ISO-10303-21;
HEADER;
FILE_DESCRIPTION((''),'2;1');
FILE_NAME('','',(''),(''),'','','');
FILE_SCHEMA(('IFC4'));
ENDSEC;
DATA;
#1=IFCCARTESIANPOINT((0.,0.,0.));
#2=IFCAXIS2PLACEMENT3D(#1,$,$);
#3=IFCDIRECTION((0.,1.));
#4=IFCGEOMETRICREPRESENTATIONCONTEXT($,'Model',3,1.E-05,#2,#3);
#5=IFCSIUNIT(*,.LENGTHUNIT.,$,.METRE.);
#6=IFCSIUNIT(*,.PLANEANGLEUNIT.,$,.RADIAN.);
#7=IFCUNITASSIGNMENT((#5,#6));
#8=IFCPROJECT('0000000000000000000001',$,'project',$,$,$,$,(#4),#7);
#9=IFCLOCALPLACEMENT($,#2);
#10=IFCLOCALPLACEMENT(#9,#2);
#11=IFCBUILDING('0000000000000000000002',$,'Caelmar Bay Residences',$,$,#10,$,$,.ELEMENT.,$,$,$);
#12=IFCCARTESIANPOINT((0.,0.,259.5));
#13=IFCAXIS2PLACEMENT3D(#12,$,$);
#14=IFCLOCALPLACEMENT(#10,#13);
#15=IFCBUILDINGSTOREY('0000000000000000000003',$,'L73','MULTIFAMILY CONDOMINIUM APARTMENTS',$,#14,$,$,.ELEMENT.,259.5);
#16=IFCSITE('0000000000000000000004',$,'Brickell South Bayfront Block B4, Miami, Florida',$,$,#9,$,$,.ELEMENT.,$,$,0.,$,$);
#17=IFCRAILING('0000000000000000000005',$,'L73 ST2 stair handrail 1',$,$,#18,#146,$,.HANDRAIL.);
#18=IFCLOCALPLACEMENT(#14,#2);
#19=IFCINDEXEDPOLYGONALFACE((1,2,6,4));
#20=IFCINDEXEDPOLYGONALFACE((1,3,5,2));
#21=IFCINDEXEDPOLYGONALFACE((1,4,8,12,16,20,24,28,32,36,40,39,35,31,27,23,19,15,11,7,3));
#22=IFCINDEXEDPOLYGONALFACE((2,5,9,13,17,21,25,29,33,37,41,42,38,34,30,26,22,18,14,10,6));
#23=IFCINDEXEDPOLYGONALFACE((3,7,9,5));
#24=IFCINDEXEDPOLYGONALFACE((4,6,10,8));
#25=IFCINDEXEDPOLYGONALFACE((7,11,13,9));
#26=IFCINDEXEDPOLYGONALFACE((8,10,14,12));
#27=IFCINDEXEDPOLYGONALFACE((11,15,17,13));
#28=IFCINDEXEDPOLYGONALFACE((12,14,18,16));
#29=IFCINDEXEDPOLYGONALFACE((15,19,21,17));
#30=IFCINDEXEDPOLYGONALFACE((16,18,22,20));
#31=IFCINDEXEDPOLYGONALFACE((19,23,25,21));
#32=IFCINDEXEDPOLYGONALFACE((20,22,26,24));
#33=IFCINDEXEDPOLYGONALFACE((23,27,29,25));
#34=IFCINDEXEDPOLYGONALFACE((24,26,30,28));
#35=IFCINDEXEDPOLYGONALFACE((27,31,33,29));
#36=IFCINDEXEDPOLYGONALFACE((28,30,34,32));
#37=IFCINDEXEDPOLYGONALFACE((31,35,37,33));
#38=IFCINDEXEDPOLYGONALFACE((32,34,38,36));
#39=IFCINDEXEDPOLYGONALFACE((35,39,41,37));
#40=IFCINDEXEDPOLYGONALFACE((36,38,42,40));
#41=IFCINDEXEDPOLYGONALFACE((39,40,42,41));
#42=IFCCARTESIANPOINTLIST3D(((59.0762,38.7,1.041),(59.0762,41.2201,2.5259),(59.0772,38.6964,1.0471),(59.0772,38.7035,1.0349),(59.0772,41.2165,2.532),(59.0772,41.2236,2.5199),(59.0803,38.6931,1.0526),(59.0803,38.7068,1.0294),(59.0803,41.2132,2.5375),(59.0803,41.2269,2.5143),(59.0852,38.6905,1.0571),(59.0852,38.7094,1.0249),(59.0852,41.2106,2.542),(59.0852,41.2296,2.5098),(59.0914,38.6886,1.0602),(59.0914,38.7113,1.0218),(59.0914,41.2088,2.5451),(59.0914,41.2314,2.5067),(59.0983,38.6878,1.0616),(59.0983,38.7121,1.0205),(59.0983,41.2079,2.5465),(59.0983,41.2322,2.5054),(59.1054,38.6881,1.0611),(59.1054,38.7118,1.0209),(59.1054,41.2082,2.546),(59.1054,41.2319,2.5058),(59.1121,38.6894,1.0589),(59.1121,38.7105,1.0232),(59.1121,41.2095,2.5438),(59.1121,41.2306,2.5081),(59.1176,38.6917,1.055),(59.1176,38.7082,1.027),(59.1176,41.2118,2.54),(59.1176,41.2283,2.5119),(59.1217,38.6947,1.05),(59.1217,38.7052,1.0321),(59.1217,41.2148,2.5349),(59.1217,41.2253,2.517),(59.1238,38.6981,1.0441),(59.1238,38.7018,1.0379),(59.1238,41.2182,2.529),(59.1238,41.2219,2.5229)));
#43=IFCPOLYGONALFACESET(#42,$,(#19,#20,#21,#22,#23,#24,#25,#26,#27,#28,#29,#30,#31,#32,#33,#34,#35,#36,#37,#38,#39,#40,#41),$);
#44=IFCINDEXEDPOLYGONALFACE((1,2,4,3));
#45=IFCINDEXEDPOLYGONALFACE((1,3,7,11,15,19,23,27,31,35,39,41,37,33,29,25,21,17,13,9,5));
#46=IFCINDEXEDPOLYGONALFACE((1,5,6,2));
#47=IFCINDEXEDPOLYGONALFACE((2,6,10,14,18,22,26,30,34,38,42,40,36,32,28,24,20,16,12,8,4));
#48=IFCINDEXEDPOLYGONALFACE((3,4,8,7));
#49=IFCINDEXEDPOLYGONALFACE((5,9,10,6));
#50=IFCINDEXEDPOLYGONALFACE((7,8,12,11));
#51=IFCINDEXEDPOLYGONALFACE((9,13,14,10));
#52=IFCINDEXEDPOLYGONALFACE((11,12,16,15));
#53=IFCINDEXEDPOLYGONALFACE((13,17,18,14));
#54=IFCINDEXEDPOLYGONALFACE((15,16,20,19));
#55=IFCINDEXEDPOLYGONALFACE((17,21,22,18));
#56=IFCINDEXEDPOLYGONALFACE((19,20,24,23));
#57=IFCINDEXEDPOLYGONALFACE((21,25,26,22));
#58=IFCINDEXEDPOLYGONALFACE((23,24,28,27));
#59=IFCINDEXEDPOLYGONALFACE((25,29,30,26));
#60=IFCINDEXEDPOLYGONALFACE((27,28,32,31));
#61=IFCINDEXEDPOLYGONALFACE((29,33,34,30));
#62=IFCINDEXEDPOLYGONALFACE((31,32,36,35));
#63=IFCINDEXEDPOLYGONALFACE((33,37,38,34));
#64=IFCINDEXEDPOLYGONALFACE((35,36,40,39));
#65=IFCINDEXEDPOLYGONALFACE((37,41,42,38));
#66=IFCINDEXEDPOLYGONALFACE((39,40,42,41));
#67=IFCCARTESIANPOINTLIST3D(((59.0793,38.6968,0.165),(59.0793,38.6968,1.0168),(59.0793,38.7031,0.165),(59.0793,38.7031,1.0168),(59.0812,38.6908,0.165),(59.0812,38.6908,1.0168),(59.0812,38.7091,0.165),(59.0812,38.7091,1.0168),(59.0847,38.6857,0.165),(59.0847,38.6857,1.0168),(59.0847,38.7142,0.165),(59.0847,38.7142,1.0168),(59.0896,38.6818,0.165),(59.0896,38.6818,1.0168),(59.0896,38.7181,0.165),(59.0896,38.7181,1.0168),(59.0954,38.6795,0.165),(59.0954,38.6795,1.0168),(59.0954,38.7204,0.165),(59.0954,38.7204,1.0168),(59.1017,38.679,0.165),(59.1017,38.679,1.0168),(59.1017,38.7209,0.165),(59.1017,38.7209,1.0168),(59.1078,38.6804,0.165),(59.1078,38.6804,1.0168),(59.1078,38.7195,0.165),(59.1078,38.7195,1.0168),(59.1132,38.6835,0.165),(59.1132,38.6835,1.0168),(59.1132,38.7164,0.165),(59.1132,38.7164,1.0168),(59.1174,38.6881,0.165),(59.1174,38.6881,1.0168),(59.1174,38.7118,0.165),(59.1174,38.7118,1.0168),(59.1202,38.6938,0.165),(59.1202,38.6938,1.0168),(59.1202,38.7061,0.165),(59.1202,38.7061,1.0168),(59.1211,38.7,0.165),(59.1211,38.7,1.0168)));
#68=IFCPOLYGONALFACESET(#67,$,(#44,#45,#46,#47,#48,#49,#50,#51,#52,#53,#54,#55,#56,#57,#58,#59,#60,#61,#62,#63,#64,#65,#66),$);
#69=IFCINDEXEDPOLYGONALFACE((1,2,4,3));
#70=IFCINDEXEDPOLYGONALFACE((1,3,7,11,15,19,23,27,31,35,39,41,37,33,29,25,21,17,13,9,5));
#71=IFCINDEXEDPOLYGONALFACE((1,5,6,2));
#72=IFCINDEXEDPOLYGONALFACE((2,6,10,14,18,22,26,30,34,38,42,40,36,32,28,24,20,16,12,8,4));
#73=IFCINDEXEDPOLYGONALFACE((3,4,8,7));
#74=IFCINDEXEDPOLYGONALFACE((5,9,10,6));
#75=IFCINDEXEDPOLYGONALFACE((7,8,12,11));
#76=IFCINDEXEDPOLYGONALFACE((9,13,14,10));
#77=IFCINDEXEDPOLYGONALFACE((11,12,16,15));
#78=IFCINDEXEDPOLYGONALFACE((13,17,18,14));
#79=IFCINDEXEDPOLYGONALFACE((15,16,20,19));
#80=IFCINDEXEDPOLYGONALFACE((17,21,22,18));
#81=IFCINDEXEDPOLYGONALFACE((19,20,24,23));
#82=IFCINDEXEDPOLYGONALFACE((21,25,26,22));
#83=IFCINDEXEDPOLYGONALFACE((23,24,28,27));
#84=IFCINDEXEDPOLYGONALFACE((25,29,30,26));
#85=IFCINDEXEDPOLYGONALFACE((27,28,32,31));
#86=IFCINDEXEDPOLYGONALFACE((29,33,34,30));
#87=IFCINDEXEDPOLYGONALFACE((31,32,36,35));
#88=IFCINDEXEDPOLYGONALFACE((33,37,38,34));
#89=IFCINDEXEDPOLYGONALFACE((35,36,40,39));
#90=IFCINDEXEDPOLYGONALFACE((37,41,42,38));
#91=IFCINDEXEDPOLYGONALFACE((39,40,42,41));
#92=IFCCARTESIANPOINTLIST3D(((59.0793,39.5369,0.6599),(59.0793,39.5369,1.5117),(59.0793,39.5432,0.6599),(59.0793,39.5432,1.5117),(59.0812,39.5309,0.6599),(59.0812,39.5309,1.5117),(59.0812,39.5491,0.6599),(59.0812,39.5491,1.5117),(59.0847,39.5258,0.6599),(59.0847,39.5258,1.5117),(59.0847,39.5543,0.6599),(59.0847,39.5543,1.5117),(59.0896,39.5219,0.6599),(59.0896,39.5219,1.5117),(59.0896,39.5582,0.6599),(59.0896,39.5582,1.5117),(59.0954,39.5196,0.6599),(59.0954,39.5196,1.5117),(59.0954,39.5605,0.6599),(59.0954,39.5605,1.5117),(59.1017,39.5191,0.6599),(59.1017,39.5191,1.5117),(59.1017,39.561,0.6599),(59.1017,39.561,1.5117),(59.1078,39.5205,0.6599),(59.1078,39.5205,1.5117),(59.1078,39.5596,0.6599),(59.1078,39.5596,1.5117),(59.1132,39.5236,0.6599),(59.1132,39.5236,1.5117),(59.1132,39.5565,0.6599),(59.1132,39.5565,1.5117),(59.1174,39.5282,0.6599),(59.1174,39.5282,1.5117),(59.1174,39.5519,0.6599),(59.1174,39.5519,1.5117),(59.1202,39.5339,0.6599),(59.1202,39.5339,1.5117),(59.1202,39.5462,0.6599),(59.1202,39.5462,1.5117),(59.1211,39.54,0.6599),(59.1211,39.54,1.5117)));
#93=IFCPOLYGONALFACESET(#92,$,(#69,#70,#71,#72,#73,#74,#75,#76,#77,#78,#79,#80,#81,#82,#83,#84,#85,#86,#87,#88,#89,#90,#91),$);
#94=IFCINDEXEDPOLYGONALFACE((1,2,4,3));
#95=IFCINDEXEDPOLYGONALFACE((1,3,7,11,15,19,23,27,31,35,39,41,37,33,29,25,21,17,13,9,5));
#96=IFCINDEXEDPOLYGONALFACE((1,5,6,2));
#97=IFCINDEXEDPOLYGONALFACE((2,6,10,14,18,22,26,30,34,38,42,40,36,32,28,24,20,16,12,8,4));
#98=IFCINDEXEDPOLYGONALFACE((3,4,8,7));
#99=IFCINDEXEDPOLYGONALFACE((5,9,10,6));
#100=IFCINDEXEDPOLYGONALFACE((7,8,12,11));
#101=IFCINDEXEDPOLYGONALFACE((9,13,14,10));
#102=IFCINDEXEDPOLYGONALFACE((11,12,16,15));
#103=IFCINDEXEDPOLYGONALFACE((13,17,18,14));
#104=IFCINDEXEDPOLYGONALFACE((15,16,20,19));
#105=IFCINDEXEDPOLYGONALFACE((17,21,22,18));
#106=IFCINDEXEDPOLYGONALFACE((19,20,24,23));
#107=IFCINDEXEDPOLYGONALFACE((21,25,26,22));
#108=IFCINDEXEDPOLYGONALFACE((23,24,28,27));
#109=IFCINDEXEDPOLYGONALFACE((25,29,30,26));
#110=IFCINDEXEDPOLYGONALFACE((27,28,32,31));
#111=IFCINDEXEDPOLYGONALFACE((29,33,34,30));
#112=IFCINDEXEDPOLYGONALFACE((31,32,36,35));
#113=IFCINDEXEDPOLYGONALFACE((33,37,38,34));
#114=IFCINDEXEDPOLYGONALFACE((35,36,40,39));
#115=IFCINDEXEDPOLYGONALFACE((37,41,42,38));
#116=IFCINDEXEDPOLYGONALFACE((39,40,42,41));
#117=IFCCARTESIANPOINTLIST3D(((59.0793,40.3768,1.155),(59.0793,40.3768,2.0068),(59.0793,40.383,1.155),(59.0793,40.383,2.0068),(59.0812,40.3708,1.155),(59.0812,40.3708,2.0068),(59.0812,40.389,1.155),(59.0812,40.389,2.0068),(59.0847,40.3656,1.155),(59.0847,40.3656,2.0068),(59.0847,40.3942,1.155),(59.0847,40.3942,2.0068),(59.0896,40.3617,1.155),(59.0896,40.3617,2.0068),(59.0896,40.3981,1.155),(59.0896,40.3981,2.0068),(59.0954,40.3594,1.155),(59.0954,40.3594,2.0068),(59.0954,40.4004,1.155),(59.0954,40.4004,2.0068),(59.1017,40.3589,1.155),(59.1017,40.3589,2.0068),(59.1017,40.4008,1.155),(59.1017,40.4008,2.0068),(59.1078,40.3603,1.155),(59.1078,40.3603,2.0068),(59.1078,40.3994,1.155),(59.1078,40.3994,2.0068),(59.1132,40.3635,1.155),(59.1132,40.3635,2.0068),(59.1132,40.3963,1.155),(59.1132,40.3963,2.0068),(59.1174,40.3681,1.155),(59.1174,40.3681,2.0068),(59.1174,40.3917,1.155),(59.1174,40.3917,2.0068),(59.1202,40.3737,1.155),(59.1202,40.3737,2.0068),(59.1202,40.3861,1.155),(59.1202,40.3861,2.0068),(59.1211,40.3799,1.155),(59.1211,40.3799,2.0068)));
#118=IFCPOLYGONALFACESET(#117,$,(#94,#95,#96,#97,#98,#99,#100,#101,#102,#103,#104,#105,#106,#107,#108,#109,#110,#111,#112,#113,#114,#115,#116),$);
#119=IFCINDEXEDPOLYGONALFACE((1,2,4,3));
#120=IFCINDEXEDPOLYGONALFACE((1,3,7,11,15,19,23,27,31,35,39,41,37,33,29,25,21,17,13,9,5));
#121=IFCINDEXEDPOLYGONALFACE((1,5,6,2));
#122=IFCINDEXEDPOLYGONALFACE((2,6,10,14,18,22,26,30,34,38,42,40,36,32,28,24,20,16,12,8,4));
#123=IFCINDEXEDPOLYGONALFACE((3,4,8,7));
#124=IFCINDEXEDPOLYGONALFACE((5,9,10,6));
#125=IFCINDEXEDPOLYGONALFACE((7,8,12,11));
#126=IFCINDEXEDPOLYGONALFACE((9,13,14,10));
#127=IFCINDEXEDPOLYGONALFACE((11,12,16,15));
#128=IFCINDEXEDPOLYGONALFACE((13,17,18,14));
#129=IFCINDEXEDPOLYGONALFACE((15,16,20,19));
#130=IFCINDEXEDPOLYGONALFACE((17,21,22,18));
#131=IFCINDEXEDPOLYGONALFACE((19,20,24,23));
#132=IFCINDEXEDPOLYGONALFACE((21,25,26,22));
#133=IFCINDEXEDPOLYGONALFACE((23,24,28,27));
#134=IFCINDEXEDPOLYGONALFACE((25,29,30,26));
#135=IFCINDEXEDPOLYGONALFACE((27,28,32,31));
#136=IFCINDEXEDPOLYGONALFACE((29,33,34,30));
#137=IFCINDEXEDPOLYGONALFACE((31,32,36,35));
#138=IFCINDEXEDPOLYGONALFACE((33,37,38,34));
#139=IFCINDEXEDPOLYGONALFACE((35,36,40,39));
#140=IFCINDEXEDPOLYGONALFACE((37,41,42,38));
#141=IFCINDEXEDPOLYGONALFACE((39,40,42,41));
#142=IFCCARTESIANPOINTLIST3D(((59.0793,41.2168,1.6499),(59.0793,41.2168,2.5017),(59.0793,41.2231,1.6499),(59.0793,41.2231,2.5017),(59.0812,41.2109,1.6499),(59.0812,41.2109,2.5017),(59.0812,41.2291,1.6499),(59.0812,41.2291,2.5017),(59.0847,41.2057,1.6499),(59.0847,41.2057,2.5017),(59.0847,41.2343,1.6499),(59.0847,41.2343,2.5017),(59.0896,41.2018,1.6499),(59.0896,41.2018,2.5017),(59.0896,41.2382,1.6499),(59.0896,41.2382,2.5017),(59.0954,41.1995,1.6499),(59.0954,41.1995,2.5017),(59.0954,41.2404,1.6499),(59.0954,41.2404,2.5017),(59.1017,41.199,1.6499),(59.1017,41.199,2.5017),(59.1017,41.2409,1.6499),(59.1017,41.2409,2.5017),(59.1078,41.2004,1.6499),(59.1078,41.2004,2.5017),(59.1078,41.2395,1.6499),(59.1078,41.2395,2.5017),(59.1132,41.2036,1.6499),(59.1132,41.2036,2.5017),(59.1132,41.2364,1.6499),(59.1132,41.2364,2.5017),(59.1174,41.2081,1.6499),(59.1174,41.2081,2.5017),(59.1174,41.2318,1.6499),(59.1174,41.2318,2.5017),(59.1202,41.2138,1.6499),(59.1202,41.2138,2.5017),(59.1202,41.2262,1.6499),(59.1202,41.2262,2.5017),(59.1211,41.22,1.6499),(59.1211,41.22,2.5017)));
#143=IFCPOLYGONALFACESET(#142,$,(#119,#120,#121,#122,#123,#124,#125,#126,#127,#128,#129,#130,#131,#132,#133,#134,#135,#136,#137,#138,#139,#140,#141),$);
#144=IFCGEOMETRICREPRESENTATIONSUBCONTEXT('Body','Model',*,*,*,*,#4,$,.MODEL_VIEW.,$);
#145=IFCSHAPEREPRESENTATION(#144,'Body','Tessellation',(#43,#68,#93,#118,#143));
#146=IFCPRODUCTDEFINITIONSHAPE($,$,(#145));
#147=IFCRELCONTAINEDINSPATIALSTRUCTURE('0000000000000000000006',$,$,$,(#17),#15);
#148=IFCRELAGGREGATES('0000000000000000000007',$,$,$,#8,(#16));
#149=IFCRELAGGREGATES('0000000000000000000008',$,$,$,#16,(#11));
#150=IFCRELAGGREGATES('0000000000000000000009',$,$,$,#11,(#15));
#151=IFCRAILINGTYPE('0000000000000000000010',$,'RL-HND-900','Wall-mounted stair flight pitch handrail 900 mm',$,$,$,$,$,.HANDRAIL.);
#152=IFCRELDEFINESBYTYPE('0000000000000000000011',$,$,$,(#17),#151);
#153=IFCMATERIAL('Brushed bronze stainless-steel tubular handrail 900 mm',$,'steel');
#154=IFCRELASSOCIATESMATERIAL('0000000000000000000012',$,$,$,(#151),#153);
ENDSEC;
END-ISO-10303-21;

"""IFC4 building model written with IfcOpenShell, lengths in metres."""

from ifc_helpers import new_model, si_unit, direction, frame, origin, origin_2d, place, context, subcontext, project, spatial, circle, extrude, material, type_object, element, save


model = new_model("IFC4")

# Units and contexts
model_context = context("Model", 3, precision=1e-05, world=origin(), true_north=direction((0.0, 1.0)))
body_context = subcontext(model_context, "Body", "Model", "MODEL_VIEW")
ifc_project = project(units=[si_unit("LENGTHUNIT", "METRE"), si_unit("PLANEANGLEUNIT", "RADIAN")], contexts=[model_context])

# Site, building, storey
site_placement = place(None, origin())
site = spatial("IfcSite", under=ifc_project, at=site_placement, Name="Brickell South Bayfront Block B4, Miami, Florida", CompositionType="ELEMENT", RefElevation=0.0)
building_placement = place(site_placement, origin())
building = spatial("IfcBuilding", under=site, at=building_placement, Name="Caelmar Bay Residences", CompositionType="ELEMENT")
storey_placement = place(building_placement, frame((0.0, 0.0, 259.5)))
storey = spatial("IfcBuildingStorey", under=building, at=storey_placement, Name="L73", Description="MULTIFAMILY CONDOMINIUM APARTMENTS", CompositionType="ELEMENT", Elevation=259.5)

# Railing
ifc_material_1 = material(Name="Brushed bronze stainless-steel tubular handrail 900 mm", Category="steel")
railing_type_1 = type_object("IfcRailingType", Name="RL-HND-900", Description="Wall-mounted stair flight pitch handrail 900 mm", PredefinedType="HANDRAIL", material=ifc_material_1)
railing_1_placement = place(storey_placement, frame((59.1001, 38.7, 0.165)))
element("IfcRailing", 1, at=railing_1_placement, inside=storey, type_object=railing_type_1, Name="L73 ST2 stair handrail 1", PredefinedType="HANDRAIL", context=body_context, shape_type="SweptSolid", body=[
    extrude(circle(Radius=0.0239, at=origin_2d()), frame((0.0, 0.0, 0.876), z_axis=(0.0, 0.861561, 0.507655), x_axis=(-1.0, 0.0, 0.0)), (0.0, 0.0, 1.0), 2.925),
    extrude(circle(Radius=0.021, at=origin_2d()), origin(), (0.0, 0.0, 1.0), 0.8518),
    extrude(circle(Radius=0.021, at=origin_2d()), frame((0.0, 0.8401, 0.4949)), (0.0, 0.0, 1.0), 0.8518),
    extrude(circle(Radius=0.021, at=origin_2d()), frame((0.0, 1.6799, 0.99)), (0.0, 0.0, 1.0), 0.8518),
    extrude(circle(Radius=0.021, at=origin_2d()), frame((0.0, 2.52, 1.4849)), (0.0, 0.0, 1.0), 0.8518),
])

save(model, "model.ifc")
